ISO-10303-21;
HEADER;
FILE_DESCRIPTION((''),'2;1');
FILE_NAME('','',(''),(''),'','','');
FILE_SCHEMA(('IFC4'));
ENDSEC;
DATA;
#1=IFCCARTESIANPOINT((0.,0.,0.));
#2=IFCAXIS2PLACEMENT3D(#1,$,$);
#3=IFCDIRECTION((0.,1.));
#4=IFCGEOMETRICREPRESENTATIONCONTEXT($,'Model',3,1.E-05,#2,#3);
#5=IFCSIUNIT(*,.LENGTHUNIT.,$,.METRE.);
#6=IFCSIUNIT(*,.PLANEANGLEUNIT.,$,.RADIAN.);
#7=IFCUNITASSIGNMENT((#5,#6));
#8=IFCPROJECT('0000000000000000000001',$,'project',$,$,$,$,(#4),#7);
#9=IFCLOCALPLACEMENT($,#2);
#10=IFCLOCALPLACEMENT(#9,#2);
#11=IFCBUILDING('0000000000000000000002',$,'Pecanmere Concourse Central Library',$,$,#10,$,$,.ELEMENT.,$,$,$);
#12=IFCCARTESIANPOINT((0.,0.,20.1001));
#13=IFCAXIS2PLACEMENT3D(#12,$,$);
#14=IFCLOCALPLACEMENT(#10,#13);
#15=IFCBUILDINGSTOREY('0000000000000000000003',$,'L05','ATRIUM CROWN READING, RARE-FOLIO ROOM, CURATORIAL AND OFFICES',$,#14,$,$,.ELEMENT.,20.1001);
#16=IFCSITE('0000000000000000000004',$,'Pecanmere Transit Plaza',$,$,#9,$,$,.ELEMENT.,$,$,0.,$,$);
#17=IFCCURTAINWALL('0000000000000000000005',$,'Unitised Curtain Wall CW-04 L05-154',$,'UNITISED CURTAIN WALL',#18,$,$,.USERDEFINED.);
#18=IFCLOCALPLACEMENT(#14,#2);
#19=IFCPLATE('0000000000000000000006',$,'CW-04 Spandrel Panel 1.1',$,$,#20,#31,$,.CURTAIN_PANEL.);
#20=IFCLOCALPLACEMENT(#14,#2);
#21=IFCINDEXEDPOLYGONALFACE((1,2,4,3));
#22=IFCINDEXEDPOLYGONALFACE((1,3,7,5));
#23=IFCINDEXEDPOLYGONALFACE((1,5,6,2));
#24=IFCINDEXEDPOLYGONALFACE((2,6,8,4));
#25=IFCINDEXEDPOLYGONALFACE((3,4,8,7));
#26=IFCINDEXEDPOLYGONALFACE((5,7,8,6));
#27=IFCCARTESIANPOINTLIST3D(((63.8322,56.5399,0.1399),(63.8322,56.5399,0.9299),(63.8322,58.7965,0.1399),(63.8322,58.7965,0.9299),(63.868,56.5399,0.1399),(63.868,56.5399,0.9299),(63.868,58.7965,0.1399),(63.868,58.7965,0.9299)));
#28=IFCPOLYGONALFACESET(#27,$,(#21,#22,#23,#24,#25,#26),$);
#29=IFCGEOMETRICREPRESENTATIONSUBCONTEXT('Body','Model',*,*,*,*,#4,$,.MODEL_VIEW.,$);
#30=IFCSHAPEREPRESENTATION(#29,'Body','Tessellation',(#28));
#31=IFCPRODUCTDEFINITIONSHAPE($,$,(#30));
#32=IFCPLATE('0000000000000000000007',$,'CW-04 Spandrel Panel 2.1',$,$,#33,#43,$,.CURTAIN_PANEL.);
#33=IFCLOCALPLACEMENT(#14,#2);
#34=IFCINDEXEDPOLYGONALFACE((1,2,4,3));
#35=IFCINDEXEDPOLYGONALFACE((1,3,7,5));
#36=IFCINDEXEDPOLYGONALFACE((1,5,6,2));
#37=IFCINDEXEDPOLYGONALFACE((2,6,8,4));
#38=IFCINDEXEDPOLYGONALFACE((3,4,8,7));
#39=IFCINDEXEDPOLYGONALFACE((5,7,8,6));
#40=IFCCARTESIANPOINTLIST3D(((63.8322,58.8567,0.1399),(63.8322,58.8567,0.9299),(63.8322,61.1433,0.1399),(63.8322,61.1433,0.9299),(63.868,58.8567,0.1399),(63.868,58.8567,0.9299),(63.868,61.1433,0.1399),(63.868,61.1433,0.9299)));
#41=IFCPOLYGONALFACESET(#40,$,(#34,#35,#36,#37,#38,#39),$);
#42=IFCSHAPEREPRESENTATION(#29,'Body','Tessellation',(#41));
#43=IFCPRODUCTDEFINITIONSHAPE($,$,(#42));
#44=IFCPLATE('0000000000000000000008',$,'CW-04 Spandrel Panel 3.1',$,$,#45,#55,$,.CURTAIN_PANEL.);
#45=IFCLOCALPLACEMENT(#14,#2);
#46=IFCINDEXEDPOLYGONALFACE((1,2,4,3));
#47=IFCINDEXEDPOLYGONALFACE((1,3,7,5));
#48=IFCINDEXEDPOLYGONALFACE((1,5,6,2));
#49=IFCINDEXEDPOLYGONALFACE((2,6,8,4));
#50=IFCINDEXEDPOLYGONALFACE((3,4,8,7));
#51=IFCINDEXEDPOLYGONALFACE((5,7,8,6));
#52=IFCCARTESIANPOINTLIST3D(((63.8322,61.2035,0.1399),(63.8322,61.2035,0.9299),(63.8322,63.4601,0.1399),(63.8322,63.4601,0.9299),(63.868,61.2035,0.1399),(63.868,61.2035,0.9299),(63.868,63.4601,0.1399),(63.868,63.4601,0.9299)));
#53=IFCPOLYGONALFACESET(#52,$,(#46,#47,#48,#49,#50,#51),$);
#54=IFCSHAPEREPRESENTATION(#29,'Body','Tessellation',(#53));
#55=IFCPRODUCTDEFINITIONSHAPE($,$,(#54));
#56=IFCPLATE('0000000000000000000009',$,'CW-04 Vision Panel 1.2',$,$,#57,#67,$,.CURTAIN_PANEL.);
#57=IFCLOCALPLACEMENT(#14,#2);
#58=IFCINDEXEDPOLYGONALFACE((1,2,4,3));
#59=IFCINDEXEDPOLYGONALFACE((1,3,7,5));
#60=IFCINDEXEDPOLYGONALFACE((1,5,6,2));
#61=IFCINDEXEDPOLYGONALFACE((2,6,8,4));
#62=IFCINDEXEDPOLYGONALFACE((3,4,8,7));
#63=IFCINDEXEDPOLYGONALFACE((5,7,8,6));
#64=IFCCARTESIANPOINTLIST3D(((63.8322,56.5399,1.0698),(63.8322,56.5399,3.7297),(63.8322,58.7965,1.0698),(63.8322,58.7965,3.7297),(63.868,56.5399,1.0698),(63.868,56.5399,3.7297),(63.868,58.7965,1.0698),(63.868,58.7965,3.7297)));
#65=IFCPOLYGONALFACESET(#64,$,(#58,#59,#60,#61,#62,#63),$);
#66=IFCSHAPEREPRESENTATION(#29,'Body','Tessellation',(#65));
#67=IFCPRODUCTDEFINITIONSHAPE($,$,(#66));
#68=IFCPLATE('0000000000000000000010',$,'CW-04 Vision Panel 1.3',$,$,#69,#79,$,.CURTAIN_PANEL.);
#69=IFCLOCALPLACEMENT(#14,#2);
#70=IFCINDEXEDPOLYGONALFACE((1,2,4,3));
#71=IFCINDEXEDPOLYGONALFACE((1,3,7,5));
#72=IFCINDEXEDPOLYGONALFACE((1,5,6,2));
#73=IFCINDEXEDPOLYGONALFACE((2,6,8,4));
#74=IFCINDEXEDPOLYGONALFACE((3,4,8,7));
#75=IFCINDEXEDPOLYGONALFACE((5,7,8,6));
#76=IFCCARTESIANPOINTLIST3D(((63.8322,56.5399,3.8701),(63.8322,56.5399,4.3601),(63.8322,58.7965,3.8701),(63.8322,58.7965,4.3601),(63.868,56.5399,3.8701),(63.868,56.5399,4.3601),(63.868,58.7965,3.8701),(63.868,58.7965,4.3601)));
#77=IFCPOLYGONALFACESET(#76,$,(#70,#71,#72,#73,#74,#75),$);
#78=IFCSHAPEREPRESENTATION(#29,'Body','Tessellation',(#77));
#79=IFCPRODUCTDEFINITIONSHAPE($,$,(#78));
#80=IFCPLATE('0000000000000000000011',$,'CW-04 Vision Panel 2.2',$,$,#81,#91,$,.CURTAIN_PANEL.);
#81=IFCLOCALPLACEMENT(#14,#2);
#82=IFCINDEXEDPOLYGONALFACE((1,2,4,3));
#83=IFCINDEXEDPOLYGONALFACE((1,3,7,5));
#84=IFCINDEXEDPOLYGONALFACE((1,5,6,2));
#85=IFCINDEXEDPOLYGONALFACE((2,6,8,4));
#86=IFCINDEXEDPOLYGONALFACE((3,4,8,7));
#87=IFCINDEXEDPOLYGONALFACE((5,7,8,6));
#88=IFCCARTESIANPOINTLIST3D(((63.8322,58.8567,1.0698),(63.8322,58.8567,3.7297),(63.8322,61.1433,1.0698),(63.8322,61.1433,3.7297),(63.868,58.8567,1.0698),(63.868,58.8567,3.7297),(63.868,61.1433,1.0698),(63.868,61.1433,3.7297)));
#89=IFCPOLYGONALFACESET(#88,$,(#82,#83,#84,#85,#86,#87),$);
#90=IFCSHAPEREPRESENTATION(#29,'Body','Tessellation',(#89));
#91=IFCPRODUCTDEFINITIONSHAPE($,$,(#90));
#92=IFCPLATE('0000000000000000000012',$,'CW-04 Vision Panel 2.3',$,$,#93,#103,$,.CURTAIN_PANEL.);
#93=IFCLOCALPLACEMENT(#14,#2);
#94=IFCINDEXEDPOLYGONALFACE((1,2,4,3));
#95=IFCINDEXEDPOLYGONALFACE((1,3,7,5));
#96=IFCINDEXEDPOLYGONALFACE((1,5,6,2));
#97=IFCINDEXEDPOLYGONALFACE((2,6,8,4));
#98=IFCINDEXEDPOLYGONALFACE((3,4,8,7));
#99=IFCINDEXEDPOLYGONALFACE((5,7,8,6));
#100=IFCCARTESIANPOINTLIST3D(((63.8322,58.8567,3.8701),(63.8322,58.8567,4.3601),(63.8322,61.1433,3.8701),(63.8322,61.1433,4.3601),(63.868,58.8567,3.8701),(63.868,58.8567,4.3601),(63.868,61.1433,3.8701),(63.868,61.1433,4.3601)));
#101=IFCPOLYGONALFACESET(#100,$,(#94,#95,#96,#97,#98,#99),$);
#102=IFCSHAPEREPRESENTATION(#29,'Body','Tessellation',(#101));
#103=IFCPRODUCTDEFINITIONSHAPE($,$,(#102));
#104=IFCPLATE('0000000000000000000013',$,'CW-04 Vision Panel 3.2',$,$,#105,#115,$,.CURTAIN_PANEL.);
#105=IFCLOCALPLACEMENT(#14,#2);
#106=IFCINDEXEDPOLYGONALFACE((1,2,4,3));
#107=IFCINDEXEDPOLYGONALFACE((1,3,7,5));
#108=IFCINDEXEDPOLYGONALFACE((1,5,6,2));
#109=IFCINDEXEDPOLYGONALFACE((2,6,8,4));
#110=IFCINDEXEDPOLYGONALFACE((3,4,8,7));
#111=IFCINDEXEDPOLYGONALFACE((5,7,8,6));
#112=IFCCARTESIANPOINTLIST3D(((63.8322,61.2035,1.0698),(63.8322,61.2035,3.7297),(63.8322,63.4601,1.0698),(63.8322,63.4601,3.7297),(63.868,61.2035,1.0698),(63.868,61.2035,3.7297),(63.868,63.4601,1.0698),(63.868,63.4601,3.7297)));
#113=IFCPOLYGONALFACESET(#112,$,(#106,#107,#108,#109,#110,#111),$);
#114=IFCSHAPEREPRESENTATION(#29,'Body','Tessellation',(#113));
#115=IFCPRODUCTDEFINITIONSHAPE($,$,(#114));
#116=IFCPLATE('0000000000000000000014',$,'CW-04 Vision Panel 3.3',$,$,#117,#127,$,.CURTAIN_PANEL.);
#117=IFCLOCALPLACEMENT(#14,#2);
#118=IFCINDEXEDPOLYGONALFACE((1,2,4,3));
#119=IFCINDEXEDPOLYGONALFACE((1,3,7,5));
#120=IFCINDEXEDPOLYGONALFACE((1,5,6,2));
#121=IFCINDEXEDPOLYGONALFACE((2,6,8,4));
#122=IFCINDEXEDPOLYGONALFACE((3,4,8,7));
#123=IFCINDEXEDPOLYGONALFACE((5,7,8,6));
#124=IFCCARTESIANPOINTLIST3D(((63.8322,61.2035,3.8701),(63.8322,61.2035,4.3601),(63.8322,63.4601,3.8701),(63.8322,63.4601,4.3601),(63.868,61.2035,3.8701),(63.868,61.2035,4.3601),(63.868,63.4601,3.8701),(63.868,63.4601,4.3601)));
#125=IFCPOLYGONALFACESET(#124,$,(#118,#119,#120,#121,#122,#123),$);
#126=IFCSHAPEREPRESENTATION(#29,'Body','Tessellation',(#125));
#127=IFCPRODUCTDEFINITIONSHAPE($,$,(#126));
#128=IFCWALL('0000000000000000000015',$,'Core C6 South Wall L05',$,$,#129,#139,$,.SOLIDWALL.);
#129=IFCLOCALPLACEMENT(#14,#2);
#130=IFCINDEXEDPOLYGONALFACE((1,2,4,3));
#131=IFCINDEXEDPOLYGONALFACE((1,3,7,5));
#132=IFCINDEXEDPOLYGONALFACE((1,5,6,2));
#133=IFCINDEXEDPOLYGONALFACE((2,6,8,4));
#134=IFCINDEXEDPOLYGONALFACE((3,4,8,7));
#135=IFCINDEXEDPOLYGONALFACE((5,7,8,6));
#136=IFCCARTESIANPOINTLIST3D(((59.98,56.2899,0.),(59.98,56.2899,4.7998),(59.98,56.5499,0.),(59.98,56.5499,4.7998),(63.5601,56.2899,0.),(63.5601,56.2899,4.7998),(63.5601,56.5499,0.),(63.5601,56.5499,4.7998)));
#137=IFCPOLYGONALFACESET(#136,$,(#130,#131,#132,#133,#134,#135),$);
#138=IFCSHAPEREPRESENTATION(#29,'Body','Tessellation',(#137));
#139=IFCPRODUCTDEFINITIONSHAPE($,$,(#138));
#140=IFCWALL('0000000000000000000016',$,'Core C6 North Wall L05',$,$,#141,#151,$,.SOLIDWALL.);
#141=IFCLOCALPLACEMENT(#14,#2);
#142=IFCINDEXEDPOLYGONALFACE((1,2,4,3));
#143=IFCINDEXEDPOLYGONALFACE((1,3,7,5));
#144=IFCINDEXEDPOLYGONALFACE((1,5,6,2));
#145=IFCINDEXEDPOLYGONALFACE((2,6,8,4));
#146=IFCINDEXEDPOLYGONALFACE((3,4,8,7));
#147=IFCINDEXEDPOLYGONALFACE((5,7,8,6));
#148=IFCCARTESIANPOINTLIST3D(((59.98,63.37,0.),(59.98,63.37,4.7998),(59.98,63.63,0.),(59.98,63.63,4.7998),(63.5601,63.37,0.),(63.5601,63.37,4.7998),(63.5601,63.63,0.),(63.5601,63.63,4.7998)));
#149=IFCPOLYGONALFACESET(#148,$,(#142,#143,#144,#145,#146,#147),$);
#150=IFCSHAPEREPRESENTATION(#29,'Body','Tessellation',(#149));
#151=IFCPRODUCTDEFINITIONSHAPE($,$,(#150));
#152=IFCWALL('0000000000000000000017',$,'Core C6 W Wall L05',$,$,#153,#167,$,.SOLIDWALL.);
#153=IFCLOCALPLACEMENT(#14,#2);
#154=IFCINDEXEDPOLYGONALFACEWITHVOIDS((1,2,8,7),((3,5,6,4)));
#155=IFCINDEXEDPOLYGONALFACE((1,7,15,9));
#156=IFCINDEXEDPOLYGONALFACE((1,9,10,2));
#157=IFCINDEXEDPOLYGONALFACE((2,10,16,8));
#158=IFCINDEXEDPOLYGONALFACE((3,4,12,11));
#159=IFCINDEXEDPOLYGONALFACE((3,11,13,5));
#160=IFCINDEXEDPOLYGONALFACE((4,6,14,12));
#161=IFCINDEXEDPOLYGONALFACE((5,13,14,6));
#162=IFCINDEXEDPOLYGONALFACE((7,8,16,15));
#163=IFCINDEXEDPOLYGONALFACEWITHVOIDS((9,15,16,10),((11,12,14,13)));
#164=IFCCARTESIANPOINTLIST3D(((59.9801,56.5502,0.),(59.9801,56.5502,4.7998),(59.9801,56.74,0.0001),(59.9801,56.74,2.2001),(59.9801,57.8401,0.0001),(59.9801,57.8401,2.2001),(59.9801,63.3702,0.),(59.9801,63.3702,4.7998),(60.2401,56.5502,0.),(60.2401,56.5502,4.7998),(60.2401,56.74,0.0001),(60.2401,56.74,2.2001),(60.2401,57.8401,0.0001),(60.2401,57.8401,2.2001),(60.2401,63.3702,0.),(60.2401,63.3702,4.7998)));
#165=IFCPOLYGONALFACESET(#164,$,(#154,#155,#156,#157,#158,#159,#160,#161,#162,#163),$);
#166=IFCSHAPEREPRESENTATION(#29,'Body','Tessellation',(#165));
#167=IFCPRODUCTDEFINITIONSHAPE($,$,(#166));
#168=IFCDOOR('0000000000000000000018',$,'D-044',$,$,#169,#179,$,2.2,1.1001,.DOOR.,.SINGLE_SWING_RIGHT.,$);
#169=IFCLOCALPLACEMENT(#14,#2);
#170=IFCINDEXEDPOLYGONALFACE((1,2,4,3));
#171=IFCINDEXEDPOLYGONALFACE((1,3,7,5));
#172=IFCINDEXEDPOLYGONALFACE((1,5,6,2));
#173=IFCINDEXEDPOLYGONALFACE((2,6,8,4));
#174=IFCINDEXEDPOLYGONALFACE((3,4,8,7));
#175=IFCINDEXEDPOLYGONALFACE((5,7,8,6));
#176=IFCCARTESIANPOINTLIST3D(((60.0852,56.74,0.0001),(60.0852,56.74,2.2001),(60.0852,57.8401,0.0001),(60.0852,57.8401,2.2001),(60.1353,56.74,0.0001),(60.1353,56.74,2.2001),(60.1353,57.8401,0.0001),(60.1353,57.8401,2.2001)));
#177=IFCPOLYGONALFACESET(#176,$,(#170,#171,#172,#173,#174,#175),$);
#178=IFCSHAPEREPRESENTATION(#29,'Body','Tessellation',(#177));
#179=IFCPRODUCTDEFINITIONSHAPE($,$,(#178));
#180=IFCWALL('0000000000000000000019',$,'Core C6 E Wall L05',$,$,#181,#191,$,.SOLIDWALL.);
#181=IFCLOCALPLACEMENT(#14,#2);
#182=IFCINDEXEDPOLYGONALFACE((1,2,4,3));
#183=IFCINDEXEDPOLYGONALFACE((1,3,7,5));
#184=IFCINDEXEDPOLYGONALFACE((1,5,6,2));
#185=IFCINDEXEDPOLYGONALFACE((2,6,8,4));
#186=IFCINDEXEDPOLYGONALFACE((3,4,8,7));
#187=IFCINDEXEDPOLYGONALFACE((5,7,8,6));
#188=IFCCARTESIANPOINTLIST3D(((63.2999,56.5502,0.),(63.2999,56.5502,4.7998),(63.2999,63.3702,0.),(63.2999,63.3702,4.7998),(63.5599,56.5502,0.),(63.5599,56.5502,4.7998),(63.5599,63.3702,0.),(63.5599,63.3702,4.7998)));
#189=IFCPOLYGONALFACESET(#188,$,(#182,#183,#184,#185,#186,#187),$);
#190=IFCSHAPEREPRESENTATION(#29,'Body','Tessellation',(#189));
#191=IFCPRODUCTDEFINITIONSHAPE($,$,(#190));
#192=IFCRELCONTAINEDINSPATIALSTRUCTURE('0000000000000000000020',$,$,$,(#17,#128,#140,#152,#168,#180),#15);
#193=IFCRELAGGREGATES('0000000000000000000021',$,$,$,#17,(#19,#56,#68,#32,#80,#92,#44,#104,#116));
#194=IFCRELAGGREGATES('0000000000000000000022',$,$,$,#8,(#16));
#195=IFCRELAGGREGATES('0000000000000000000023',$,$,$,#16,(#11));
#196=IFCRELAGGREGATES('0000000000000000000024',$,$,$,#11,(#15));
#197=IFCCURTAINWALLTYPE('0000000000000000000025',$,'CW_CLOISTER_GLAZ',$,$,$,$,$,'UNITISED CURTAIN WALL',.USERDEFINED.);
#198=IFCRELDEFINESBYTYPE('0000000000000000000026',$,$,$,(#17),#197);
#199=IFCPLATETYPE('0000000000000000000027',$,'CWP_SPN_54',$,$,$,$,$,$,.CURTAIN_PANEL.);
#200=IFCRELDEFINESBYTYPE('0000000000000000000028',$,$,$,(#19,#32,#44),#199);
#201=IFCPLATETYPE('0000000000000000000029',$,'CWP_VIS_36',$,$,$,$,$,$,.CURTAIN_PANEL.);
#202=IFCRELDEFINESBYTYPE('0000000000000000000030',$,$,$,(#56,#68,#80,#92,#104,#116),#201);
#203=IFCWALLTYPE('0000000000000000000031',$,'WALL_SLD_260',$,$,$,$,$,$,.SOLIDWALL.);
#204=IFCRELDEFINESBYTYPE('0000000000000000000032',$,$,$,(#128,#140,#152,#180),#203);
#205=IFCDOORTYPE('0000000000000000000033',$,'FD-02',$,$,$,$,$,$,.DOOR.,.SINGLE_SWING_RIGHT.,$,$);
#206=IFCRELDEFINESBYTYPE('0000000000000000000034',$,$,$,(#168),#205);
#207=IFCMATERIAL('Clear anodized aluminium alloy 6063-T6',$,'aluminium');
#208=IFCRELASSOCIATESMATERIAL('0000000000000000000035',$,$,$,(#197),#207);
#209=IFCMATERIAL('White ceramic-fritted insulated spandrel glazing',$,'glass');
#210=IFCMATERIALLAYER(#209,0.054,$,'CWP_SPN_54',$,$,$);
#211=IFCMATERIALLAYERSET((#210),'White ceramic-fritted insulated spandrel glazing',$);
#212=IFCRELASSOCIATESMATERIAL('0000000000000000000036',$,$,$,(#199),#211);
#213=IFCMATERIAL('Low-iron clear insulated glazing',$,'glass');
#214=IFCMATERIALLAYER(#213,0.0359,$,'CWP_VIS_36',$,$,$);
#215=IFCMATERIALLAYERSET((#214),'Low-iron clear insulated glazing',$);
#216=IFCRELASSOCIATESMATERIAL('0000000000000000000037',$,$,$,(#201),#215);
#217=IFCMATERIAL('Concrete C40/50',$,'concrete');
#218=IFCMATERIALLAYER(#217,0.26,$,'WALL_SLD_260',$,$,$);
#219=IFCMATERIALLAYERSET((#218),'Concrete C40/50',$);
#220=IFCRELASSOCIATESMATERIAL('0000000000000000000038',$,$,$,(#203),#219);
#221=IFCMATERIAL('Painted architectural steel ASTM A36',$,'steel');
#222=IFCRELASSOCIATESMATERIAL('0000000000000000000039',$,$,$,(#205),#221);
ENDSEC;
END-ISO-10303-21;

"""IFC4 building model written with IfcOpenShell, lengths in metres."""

from ifc_helpers import new_model, si_unit, direction, frame, frame_2d, origin, origin_2d, place, context, subcontext, project, spatial, rectangle, extrude, material, layer, layer_set, type_object, element, fill, aggregate, save


model = new_model("IFC4")

# Units and contexts
model_context = context("Model", 3, precision=1e-05, world=origin(), true_north=direction((0.0, 1.0)))
body_context = subcontext(model_context, "Body", "Model", "MODEL_VIEW")
ifc_project = project(units=[si_unit("LENGTHUNIT", "METRE"), si_unit("PLANEANGLEUNIT", "RADIAN")], contexts=[model_context])

# Site, building, storey
site_placement = place(None, origin())
site = spatial("IfcSite", under=ifc_project, at=site_placement, Name="Pecanmere Transit Plaza", CompositionType="ELEMENT", RefElevation=0.0)
building_placement = place(site_placement, origin())
building = spatial("IfcBuilding", under=site, at=building_placement, Name="Pecanmere Concourse Central Library", CompositionType="ELEMENT")
storey_placement = place(building_placement, frame((0.0, 0.0, 20.1001)))
storey = spatial("IfcBuildingStorey", under=building, at=storey_placement, Name="L05", Description="ATRIUM CROWN READING, RARE-FOLIO ROOM, CURATORIAL AND OFFICES", CompositionType="ELEMENT", Elevation=20.1001)

# Curtain wall
ifc_material_1 = material(Name="Clear anodized aluminium alloy 6063-T6", Category="aluminium")
curtain_wall_type = type_object("IfcCurtainWallType", Name="CW_CLOISTER_GLAZ", ElementType="UNITISED CURTAIN WALL", PredefinedType="USERDEFINED", material=ifc_material_1)
curtain_wall_placement = place(storey_placement, origin())
curtain_wall = element("IfcCurtainWall", 1, at=curtain_wall_placement, inside=storey, type_object=curtain_wall_type, Name="Unitised Curtain Wall CW-04 L05-154", ObjectType="UNITISED CURTAIN WALL", PredefinedType="USERDEFINED")

# Plates
ifc_material_2 = material(Name="White ceramic-fritted insulated spandrel glazing", Category="glass")
ifc_layer_1 = layer(ifc_material_2, 0.054, Name="CWP_SPN_54")
ifc_layer_set_1 = layer_set([ifc_layer_1], Name="White ceramic-fritted insulated spandrel glazing")
plate_type_1 = type_object("IfcPlateType", Name="CWP_SPN_54", PredefinedType="CURTAIN_PANEL", material=ifc_layer_set_1)
plate_1_placement = place(storey_placement, frame((63.8501, 57.6682, 0.1399), z_axis=(0.0, 0.0, 1.0), x_axis=(0.0, 1.0, 0.0)))
plate_1 = element("IfcPlate", 2, at=plate_1_placement, type_object=plate_type_1, Name="CW-04 Spandrel Panel 1.1", PredefinedType="CURTAIN_PANEL", context=body_context, shape_type="SweptSolid", body=[
    extrude(rectangle(XDim=2.2566, YDim=0.0359, at=origin_2d()), origin(), (0.0, 0.0, 1.0), 0.79),
])
plate_2_placement = place(storey_placement, frame((63.8501, 60.0, 0.1399), z_axis=(0.0, 0.0, 1.0), x_axis=(0.0, 1.0, 0.0)))
plate_2 = element("IfcPlate", 3, at=plate_2_placement, type_object=plate_type_1, Name="CW-04 Spandrel Panel 2.1", PredefinedType="CURTAIN_PANEL", context=body_context, shape_type="SweptSolid", body=[
    extrude(rectangle(XDim=2.2866, YDim=0.0359, at=origin_2d()), origin(), (0.0, 0.0, 1.0), 0.79),
])
plate_3_placement = place(storey_placement, frame((63.8501, 62.3318, 0.1399), z_axis=(0.0, 0.0, 1.0), x_axis=(0.0, 1.0, 0.0)))
plate_3 = element("IfcPlate", 4, at=plate_3_placement, type_object=plate_type_1, Name="CW-04 Spandrel Panel 3.1", PredefinedType="CURTAIN_PANEL", context=body_context, shape_type="SweptSolid", body=[
    extrude(rectangle(XDim=2.2566, YDim=0.0359, at=origin_2d()), origin(), (0.0, 0.0, 1.0), 0.79),
])
ifc_material_3 = material(Name="Low-iron clear insulated glazing", Category="glass")
ifc_layer_2 = layer(ifc_material_3, 0.0359, Name="CWP_VIS_36")
ifc_layer_set_2 = layer_set([ifc_layer_2], Name="Low-iron clear insulated glazing")
plate_type_2 = type_object("IfcPlateType", Name="CWP_VIS_36", PredefinedType="CURTAIN_PANEL", material=ifc_layer_set_2)
plate_4_placement = place(storey_placement, frame((63.8501, 57.6682, 1.0698), z_axis=(0.0, 0.0, 1.0), x_axis=(0.0, 1.0, 0.0)))
plate_4 = element("IfcPlate", 5, at=plate_4_placement, type_object=plate_type_2, Name="CW-04 Vision Panel 1.2", PredefinedType="CURTAIN_PANEL", context=body_context, shape_type="SweptSolid", body=[
    extrude(rectangle(XDim=2.2566, YDim=0.0359, at=origin_2d()), origin(), (0.0, 0.0, 1.0), 2.6599),
])
plate_5_placement = place(storey_placement, frame((63.8501, 57.6682, 3.8701), z_axis=(0.0, 0.0, 1.0), x_axis=(0.0, 1.0, 0.0)))
plate_5 = element("IfcPlate", 6, at=plate_5_placement, type_object=plate_type_2, Name="CW-04 Vision Panel 1.3", PredefinedType="CURTAIN_PANEL", context=body_context, shape_type="SweptSolid", body=[
    extrude(rectangle(XDim=2.2566, YDim=0.0359, at=origin_2d()), origin(), (0.0, 0.0, 1.0), 0.49),
])
plate_6_placement = place(storey_placement, frame((63.8501, 60.0, 1.0698), z_axis=(0.0, 0.0, 1.0), x_axis=(0.0, 1.0, 0.0)))
plate_6 = element("IfcPlate", 7, at=plate_6_placement, type_object=plate_type_2, Name="CW-04 Vision Panel 2.2", PredefinedType="CURTAIN_PANEL", context=body_context, shape_type="SweptSolid", body=[
    extrude(rectangle(XDim=2.2866, YDim=0.0359, at=origin_2d()), origin(), (0.0, 0.0, 1.0), 2.6599),
])
plate_7_placement = place(storey_placement, frame((63.8501, 60.0, 3.8701), z_axis=(0.0, 0.0, 1.0), x_axis=(0.0, 1.0, 0.0)))
plate_7 = element("IfcPlate", 8, at=plate_7_placement, type_object=plate_type_2, Name="CW-04 Vision Panel 2.3", PredefinedType="CURTAIN_PANEL", context=body_context, shape_type="SweptSolid", body=[
    extrude(rectangle(XDim=2.2866, YDim=0.0359, at=origin_2d()), origin(), (0.0, 0.0, 1.0), 0.49),
])
plate_8_placement = place(storey_placement, frame((63.8501, 62.3318, 1.0698), z_axis=(0.0, 0.0, 1.0), x_axis=(0.0, 1.0, 0.0)))
plate_8 = element("IfcPlate", 9, at=plate_8_placement, type_object=plate_type_2, Name="CW-04 Vision Panel 3.2", PredefinedType="CURTAIN_PANEL", context=body_context, shape_type="SweptSolid", body=[
    extrude(rectangle(XDim=2.2566, YDim=0.0359, at=origin_2d()), origin(), (0.0, 0.0, 1.0), 2.6599),
])
plate_9_placement = place(storey_placement, frame((63.8501, 62.3318, 3.8701), z_axis=(0.0, 0.0, 1.0), x_axis=(0.0, 1.0, 0.0)))
plate_9 = element("IfcPlate", 10, at=plate_9_placement, type_object=plate_type_2, Name="CW-04 Vision Panel 3.3", PredefinedType="CURTAIN_PANEL", context=body_context, shape_type="SweptSolid", body=[
    extrude(rectangle(XDim=2.2566, YDim=0.0359, at=origin_2d()), origin(), (0.0, 0.0, 1.0), 0.49),
])
aggregate(curtain_wall, [plate_1, plate_4, plate_5, plate_2, plate_6, plate_7, plate_3, plate_8, plate_9])

# Walls
ifc_material_4 = material(Name="Concrete C40/50", Category="concrete")
ifc_layer_3 = layer(ifc_material_4, 0.26, Name="WALL_SLD_260")
ifc_layer_set_3 = layer_set([ifc_layer_3], Name="Concrete C40/50")
wall_type = type_object("IfcWallType", Name="WALL_SLD_260", PredefinedType="SOLIDWALL", material=ifc_layer_set_3)
for number, where, z_axis, x_axis, name in (
    (11, (59.98, 56.4199, 0.0), (0.0, 0.0, 1.0), (1.0, 0.0, 0.0), "Core C6 South Wall L05"),
    (12, (59.98, 63.5, 0.0), (0.0, 0.0, 1.0), (1.0, 0.0, 0.0), "Core C6 North Wall L05"),
):
    element("IfcWall", number, at=place(storey_placement, frame(where, z_axis=z_axis, x_axis=x_axis)), inside=storey, type_object=wall_type, Name=name, PredefinedType="SOLIDWALL", context=body_context, shape_type="SweptSolid", body=[
        extrude(rectangle(XDim=3.5801, YDim=0.26, at=frame_2d((1.79, 0.0))), origin(), (0.0, 0.0, 1.0), 4.7998),
    ])

# Wall, opening, door
wall_1_placement = place(storey_placement, frame((60.1101, 56.55, 0.0), z_axis=(0.0, 0.0, 1.0), x_axis=(0.0, 1.0, 0.0)))
wall_1 = element("IfcWall", 13, at=wall_1_placement, inside=storey, type_object=wall_type, Name="Core C6 W Wall L05", PredefinedType="SOLIDWALL", context=body_context, shape_type="SweptSolid", body=[
    extrude(rectangle(XDim=6.8201, YDim=0.26, at=frame_2d((3.4102, 0.0))), origin(), (0.0, 0.0, 1.0), 4.7998),
])
opening_placement = place(wall_1_placement, frame((0.1899, 0.0, 0.0)))
opening = element("IfcOpeningElement", 14, at=opening_placement, cuts=wall_1, PredefinedType="OPENING", context=body_context, shape_type="SweptSolid", body=[
    extrude(rectangle(XDim=1.1001, YDim=2.2, at=frame_2d((0.55, 1.1001))), frame((0.0, 0.1421, 0.0), z_axis=(0.0, -1.0, 0.0), x_axis=(1.0, 0.0, 0.0)), (0.0, 0.0, 1.0), 0.2839),
])
ifc_material_5 = material(Name="Painted architectural steel ASTM A36", Category="steel")
door_type = type_object("IfcDoorType", Name="FD-02", OperationType="SINGLE_SWING_RIGHT", PredefinedType="DOOR", material=ifc_material_5)
door_placement = place(opening_placement, origin())
door = element("IfcDoor", 15, at=door_placement, inside=storey, type_object=door_type, Name="D-044", OperationType="SINGLE_SWING_RIGHT", OverallHeight=2.2, OverallWidth=1.1001, PredefinedType="DOOR", context=body_context, shape_type="SweptSolid", body=[
    extrude(rectangle(XDim=1.1001, YDim=2.2, at=frame_2d((0.55, 1.1001))), frame((0.0, 0.0249, 0.0), z_axis=(0.0, -1.0, 0.0), x_axis=(1.0, 0.0, 0.0)), (0.0, 0.0, 1.0), 0.05),
])
fill(opening, door)

# Wall
wall_2_placement = place(storey_placement, frame((63.4299, 56.55, 0.0), z_axis=(0.0, 0.0, 1.0), x_axis=(0.0, 1.0, 0.0)))
element("IfcWall", 16, at=wall_2_placement, inside=storey, type_object=wall_type, Name="Core C6 E Wall L05", PredefinedType="SOLIDWALL", context=body_context, shape_type="SweptSolid", body=[
    extrude(rectangle(XDim=6.8201, YDim=0.26, at=frame_2d((3.4102, 0.0))), origin(), (0.0, 0.0, 1.0), 4.7998),
])

save(model, "model.ifc")
